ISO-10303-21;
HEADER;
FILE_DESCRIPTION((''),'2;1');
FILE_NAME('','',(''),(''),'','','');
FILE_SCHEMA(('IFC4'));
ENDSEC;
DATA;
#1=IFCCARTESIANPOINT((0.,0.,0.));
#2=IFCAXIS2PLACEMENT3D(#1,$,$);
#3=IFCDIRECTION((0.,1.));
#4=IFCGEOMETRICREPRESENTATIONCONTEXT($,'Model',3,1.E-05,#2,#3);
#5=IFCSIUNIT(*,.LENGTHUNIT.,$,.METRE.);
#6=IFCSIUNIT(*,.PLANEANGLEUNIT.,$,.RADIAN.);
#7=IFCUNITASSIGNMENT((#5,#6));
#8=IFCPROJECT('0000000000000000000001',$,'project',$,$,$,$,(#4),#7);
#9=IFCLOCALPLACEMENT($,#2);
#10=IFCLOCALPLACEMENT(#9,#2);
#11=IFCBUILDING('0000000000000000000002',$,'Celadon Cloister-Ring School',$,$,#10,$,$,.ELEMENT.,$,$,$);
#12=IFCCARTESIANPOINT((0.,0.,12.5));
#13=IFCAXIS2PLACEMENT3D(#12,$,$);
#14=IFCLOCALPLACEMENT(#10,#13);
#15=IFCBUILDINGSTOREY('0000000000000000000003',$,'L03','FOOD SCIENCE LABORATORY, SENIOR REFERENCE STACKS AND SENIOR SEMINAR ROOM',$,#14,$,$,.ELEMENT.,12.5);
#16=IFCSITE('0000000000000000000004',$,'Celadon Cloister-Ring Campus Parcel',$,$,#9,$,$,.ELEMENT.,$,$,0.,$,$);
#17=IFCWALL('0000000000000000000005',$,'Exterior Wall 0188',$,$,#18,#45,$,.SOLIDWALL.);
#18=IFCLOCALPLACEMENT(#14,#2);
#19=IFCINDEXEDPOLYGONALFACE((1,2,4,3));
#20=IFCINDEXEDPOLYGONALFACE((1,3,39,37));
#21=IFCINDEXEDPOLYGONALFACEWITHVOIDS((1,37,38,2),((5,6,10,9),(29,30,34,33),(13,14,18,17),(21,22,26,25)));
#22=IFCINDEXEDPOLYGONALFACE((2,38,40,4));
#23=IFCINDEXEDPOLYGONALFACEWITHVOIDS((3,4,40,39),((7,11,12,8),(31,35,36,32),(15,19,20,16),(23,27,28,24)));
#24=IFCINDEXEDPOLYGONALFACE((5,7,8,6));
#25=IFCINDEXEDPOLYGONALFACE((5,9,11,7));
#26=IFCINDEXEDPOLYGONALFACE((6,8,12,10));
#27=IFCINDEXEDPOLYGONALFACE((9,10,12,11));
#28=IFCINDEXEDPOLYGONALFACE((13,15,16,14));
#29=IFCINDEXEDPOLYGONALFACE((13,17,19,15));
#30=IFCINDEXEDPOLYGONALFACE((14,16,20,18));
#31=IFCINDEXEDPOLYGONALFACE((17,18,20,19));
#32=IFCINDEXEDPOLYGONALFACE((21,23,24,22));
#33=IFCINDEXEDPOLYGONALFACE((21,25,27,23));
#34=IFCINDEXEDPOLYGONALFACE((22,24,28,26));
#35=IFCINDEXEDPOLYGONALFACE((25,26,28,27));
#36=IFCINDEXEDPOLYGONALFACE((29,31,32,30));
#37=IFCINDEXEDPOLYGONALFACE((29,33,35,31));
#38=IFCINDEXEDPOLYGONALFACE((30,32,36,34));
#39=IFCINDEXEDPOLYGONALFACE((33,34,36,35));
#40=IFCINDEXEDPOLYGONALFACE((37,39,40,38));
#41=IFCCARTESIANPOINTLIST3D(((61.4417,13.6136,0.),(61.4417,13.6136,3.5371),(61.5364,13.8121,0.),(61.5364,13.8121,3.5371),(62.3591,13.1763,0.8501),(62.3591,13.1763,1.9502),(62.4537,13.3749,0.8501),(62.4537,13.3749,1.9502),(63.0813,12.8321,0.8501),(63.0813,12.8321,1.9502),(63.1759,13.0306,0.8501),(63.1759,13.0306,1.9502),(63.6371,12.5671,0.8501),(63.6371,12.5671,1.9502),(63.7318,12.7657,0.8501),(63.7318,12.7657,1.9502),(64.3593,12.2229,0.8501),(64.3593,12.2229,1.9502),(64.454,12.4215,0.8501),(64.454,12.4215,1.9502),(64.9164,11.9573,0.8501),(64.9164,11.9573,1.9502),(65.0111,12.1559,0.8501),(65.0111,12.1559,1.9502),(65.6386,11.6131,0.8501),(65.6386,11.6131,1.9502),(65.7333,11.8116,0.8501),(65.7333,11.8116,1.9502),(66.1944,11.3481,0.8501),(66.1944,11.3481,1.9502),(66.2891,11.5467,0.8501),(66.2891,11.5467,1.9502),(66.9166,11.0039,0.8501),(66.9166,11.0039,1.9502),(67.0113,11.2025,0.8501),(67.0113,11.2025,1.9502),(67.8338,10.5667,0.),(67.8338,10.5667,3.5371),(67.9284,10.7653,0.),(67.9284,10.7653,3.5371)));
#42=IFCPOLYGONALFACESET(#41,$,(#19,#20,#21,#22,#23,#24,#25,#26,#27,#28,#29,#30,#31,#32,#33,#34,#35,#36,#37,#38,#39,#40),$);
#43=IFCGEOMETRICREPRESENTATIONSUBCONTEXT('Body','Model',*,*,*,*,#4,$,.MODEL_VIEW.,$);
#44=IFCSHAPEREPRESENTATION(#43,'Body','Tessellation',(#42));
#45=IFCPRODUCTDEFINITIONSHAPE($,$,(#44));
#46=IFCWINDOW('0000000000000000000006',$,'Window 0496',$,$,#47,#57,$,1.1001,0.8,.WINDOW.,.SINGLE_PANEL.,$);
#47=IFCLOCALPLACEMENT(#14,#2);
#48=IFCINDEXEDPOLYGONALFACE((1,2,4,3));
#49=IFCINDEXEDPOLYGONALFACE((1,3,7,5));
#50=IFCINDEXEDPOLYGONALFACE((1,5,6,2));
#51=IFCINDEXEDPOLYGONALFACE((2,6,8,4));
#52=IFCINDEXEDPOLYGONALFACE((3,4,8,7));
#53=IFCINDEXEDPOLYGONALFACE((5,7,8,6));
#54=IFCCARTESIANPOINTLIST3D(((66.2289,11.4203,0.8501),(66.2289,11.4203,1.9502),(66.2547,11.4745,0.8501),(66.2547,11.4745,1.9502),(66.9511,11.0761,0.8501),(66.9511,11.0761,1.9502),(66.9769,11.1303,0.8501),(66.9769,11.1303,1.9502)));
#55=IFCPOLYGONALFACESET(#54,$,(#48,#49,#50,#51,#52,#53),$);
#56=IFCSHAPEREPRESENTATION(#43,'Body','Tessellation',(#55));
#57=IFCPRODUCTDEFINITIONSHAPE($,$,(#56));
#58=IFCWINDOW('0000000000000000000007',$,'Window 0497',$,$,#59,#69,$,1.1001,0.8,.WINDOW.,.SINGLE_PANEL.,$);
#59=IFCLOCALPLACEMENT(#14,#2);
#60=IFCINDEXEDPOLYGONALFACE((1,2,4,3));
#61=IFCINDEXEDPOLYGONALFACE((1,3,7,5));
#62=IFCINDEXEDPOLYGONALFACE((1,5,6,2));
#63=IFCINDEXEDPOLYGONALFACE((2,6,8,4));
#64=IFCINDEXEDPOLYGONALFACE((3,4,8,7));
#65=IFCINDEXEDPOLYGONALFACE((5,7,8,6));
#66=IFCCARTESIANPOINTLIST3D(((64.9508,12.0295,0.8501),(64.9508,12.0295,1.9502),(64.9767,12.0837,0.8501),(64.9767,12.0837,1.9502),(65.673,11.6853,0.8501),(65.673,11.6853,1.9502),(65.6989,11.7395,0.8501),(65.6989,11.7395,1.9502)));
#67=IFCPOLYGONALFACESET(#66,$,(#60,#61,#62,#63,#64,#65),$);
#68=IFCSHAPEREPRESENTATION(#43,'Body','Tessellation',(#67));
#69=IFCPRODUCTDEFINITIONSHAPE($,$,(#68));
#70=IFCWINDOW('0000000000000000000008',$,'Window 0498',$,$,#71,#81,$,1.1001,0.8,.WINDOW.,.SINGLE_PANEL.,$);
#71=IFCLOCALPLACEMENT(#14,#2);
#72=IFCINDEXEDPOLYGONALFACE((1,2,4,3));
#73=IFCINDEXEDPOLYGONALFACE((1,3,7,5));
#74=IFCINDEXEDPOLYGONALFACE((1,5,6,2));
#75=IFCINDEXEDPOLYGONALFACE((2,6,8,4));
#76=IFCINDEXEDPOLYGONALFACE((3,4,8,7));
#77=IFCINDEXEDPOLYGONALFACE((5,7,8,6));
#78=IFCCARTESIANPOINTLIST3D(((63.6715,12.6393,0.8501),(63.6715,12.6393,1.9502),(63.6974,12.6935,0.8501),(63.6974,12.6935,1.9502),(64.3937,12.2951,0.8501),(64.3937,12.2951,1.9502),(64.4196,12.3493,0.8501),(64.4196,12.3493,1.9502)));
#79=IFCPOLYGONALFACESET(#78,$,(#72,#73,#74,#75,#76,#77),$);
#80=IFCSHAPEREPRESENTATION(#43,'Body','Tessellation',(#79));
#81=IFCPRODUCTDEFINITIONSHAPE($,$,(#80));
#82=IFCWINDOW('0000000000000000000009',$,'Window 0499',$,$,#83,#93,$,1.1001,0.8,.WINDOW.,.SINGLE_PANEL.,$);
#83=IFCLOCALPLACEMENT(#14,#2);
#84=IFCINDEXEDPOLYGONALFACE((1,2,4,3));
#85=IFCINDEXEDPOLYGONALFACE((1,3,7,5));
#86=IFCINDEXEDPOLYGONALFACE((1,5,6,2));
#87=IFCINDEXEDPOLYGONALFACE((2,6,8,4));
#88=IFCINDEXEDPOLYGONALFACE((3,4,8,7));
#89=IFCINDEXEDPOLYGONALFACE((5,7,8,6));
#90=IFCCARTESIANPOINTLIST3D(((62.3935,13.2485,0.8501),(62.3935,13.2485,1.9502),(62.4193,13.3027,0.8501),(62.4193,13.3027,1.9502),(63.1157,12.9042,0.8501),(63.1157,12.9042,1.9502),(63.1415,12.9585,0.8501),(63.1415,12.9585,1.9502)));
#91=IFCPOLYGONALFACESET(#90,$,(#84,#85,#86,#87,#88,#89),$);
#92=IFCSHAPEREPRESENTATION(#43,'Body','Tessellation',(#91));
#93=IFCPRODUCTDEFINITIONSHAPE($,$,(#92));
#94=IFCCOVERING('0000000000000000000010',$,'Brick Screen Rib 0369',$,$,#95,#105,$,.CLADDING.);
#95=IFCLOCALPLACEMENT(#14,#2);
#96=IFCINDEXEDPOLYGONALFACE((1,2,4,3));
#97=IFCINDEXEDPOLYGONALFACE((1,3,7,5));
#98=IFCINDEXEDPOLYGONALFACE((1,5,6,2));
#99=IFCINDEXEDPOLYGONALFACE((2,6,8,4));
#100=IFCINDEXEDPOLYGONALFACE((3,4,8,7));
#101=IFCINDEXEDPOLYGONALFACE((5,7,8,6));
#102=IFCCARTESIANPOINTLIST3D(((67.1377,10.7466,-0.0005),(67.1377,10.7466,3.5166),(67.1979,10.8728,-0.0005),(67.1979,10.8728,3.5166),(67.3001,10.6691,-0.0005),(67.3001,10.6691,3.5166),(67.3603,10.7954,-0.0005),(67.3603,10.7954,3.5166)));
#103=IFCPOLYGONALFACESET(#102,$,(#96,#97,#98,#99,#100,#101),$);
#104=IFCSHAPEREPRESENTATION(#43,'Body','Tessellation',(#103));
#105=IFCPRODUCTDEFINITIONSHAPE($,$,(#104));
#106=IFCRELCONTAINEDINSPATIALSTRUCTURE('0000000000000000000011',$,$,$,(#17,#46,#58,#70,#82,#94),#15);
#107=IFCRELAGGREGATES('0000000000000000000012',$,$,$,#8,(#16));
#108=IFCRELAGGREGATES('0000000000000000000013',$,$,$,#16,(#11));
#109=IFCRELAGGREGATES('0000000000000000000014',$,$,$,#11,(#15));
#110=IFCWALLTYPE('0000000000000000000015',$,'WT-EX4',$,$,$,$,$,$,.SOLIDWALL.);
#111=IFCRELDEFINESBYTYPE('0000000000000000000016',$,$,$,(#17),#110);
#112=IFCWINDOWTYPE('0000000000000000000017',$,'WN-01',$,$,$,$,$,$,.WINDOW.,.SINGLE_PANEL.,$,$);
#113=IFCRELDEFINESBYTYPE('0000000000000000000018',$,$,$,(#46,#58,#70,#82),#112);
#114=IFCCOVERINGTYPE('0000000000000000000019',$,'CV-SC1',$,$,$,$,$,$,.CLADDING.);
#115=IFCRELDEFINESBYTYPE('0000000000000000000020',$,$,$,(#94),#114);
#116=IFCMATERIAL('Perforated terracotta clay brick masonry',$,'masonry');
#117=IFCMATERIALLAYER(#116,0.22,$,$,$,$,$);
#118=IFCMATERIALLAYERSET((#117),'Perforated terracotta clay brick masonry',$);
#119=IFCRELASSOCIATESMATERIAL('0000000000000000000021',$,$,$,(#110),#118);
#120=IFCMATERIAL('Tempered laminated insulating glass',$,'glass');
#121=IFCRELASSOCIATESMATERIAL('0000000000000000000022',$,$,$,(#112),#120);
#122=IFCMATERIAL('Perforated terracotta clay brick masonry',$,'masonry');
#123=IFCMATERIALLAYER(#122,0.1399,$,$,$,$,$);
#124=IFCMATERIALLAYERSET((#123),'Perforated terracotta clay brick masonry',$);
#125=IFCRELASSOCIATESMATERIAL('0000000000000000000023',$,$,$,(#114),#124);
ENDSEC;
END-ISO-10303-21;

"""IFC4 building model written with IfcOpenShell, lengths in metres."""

from ifc_helpers import new_model, si_unit, direction, frame, frame_2d, origin, origin_2d, place, context, subcontext, project, spatial, rectangle, extrude, material, layer, layer_set, type_object, element, fill, save


model = new_model("IFC4")

# Units and contexts
model_context = context("Model", 3, precision=1e-05, world=origin(), true_north=direction((0.0, 1.0)))
body_context = subcontext(model_context, "Body", "Model", "MODEL_VIEW")
ifc_project = project(units=[si_unit("LENGTHUNIT", "METRE"), si_unit("PLANEANGLEUNIT", "RADIAN")], contexts=[model_context])

# Site, building, storey
site_placement = place(None, origin())
site = spatial("IfcSite", under=ifc_project, at=site_placement, Name="Celadon Cloister-Ring Campus Parcel", CompositionType="ELEMENT", RefElevation=0.0)
building_placement = place(site_placement, origin())
building = spatial("IfcBuilding", under=site, at=building_placement, Name="Celadon Cloister-Ring School", CompositionType="ELEMENT")
storey_placement = place(building_placement, frame((0.0, 0.0, 12.5)))
storey = spatial("IfcBuildingStorey", under=building, at=storey_placement, Name="L03", Description="FOOD SCIENCE LABORATORY, SENIOR REFERENCE STACKS AND SENIOR SEMINAR ROOM", CompositionType="ELEMENT", Elevation=12.5)

# Wall, openings, windows
ifc_material_1 = material(Name="Perforated terracotta clay brick masonry", Category="masonry")
ifc_layer_1 = layer(ifc_material_1, 0.22)
ifc_layer_set_1 = layer_set([ifc_layer_1], Name="Perforated terracotta clay brick masonry")
wall_type = type_object("IfcWallType", Name="WT-EX4", PredefinedType="SOLIDWALL", material=ifc_layer_set_1)
wall_placement = place(storey_placement, frame((67.8811, 10.666, 0.0), z_axis=(0.0, 0.0, 1.0), x_axis=(-0.902695, 0.430282, 0.0)))
wall = element("IfcWall", 1, at=wall_placement, inside=storey, type_object=wall_type, Name="Exterior Wall 0188", PredefinedType="SOLIDWALL", context=body_context, shape_type="SweptSolid", body=[
    extrude(rectangle(XDim=7.0811, YDim=0.22, at=frame_2d((3.5405, 0.0))), origin(), (0.0, 0.0, 1.0), 3.5371),
])
opening_1_placement = place(wall_placement, frame((1.0161, 0.0, 0.8501)))
opening_1 = element("IfcOpeningElement", 2, at=opening_1_placement, cuts=wall, PredefinedType="OPENING", context=body_context, shape_type="SweptSolid", body=[
    extrude(rectangle(XDim=0.8, YDim=1.1001, at=frame_2d((0.3999, 0.55))), frame((0.0, 0.1201, 0.0), z_axis=(0.0, -1.0, 0.0), x_axis=(1.0, 0.0, 0.0)), (0.0, 0.0, 1.0), 0.24),
])
opening_2_placement = place(wall_placement, frame((2.4319, 0.0, 0.8501)))
opening_2 = element("IfcOpeningElement", 3, at=opening_2_placement, cuts=wall, PredefinedType="OPENING", context=body_context, shape_type="SweptSolid", body=[
    extrude(rectangle(XDim=0.8, YDim=1.1001, at=frame_2d((0.3999, 0.55))), frame((0.0, 0.1201, 0.0), z_axis=(0.0, -1.0, 0.0), x_axis=(1.0, 0.0, 0.0)), (0.0, 0.0, 1.0), 0.24),
])
opening_3_placement = place(wall_placement, frame((3.8491, 0.0, 0.8501)))
opening_3 = element("IfcOpeningElement", 4, at=opening_3_placement, cuts=wall, PredefinedType="OPENING", context=body_context, shape_type="SweptSolid", body=[
    extrude(rectangle(XDim=0.8, YDim=1.1001, at=frame_2d((0.3999, 0.55))), frame((0.0, 0.1201, 0.0), z_axis=(0.0, -1.0, 0.0), x_axis=(1.0, 0.0, 0.0)), (0.0, 0.0, 1.0), 0.24),
])
opening_4_placement = place(wall_placement, frame((5.2649, 0.0, 0.8501)))
opening_4 = element("IfcOpeningElement", 5, at=opening_4_placement, cuts=wall, PredefinedType="OPENING", context=body_context, shape_type="SweptSolid", body=[
    extrude(rectangle(XDim=0.8, YDim=1.1001, at=frame_2d((0.3999, 0.55))), frame((0.0, 0.1201, 0.0), z_axis=(0.0, -1.0, 0.0), x_axis=(1.0, 0.0, 0.0)), (0.0, 0.0, 1.0), 0.24),
])
ifc_material_2 = material(Name="Tempered laminated insulating glass", Category="glass")
window_type = type_object("IfcWindowType", Name="WN-01", PartitioningType="SINGLE_PANEL", PredefinedType="WINDOW", material=ifc_material_2)
window_1_placement = place(opening_1_placement, origin())
window_1 = element("IfcWindow", 6, at=window_1_placement, inside=storey, type_object=window_type, Name="Window 0496", OverallHeight=1.1001, OverallWidth=0.8, PartitioningType="SINGLE_PANEL", PredefinedType="WINDOW", context=body_context, shape_type="SweptSolid", body=[
    extrude(rectangle(XDim=0.8, YDim=1.1001, at=frame_2d((0.3999, 0.55))), frame((0.0, 0.03, 0.0), z_axis=(0.0, -1.0, 0.0), x_axis=(1.0, 0.0, 0.0)), (0.0, 0.0, 1.0), 0.0601),
])
fill(opening_1, window_1)
window_2_placement = place(opening_2_placement, origin())
window_2 = element("IfcWindow", 7, at=window_2_placement, inside=storey, type_object=window_type, Name="Window 0497", OverallHeight=1.1001, OverallWidth=0.8, PartitioningType="SINGLE_PANEL", PredefinedType="WINDOW", context=body_context, shape_type="SweptSolid", body=[
    extrude(rectangle(XDim=0.8, YDim=1.1001, at=frame_2d((0.3999, 0.55))), frame((0.0, 0.03, 0.0), z_axis=(0.0, -1.0, 0.0), x_axis=(1.0, 0.0, 0.0)), (0.0, 0.0, 1.0), 0.0601),
])
fill(opening_2, window_2)
window_3_placement = place(opening_3_placement, origin())
window_3 = element("IfcWindow", 8, at=window_3_placement, inside=storey, type_object=window_type, Name="Window 0498", OverallHeight=1.1001, OverallWidth=0.8, PartitioningType="SINGLE_PANEL", PredefinedType="WINDOW", context=body_context, shape_type="SweptSolid", body=[
    extrude(rectangle(XDim=0.8, YDim=1.1001, at=frame_2d((0.3999, 0.55))), frame((0.0, 0.03, 0.0), z_axis=(0.0, -1.0, 0.0), x_axis=(1.0, 0.0, 0.0)), (0.0, 0.0, 1.0), 0.0601),
])
fill(opening_3, window_3)
window_4_placement = place(opening_4_placement, origin())
window_4 = element("IfcWindow", 9, at=window_4_placement, inside=storey, type_object=window_type, Name="Window 0499", OverallHeight=1.1001, OverallWidth=0.8, PartitioningType="SINGLE_PANEL", PredefinedType="WINDOW", context=body_context, shape_type="SweptSolid", body=[
    extrude(rectangle(XDim=0.8, YDim=1.1001, at=frame_2d((0.3999, 0.55))), frame((0.0, 0.03, 0.0), z_axis=(0.0, -1.0, 0.0), x_axis=(1.0, 0.0, 0.0)), (0.0, 0.0, 1.0), 0.0601),
])
fill(opening_4, window_4)

# Covering
ifc_material_3 = material(Name="Perforated terracotta clay brick masonry", Category="masonry")
ifc_layer_2 = layer(ifc_material_3, 0.1399)
ifc_layer_set_2 = layer_set([ifc_layer_2], Name="Perforated terracotta clay brick masonry")
covering_type = type_object("IfcCoveringType", Name="CV-SC1", PredefinedType="CLADDING", material=ifc_layer_set_2)
covering_placement = place(storey_placement, frame((67.249, 10.771, -0.0005), z_axis=(0.0, 0.0, 1.0), x_axis=(-0.902683, 0.430306, 0.0)))
element("IfcCovering", 10, at=covering_placement, inside=storey, type_object=covering_type, Name="Brick Screen Rib 0369", PredefinedType="CLADDING", context=body_context, shape_type="SweptSolid", body=[
    extrude(rectangle(XDim=0.1799, YDim=0.1399, at=origin_2d()), origin(), (0.0, 0.0, 1.0), 3.5171),
])

save(model, "model.ifc")
